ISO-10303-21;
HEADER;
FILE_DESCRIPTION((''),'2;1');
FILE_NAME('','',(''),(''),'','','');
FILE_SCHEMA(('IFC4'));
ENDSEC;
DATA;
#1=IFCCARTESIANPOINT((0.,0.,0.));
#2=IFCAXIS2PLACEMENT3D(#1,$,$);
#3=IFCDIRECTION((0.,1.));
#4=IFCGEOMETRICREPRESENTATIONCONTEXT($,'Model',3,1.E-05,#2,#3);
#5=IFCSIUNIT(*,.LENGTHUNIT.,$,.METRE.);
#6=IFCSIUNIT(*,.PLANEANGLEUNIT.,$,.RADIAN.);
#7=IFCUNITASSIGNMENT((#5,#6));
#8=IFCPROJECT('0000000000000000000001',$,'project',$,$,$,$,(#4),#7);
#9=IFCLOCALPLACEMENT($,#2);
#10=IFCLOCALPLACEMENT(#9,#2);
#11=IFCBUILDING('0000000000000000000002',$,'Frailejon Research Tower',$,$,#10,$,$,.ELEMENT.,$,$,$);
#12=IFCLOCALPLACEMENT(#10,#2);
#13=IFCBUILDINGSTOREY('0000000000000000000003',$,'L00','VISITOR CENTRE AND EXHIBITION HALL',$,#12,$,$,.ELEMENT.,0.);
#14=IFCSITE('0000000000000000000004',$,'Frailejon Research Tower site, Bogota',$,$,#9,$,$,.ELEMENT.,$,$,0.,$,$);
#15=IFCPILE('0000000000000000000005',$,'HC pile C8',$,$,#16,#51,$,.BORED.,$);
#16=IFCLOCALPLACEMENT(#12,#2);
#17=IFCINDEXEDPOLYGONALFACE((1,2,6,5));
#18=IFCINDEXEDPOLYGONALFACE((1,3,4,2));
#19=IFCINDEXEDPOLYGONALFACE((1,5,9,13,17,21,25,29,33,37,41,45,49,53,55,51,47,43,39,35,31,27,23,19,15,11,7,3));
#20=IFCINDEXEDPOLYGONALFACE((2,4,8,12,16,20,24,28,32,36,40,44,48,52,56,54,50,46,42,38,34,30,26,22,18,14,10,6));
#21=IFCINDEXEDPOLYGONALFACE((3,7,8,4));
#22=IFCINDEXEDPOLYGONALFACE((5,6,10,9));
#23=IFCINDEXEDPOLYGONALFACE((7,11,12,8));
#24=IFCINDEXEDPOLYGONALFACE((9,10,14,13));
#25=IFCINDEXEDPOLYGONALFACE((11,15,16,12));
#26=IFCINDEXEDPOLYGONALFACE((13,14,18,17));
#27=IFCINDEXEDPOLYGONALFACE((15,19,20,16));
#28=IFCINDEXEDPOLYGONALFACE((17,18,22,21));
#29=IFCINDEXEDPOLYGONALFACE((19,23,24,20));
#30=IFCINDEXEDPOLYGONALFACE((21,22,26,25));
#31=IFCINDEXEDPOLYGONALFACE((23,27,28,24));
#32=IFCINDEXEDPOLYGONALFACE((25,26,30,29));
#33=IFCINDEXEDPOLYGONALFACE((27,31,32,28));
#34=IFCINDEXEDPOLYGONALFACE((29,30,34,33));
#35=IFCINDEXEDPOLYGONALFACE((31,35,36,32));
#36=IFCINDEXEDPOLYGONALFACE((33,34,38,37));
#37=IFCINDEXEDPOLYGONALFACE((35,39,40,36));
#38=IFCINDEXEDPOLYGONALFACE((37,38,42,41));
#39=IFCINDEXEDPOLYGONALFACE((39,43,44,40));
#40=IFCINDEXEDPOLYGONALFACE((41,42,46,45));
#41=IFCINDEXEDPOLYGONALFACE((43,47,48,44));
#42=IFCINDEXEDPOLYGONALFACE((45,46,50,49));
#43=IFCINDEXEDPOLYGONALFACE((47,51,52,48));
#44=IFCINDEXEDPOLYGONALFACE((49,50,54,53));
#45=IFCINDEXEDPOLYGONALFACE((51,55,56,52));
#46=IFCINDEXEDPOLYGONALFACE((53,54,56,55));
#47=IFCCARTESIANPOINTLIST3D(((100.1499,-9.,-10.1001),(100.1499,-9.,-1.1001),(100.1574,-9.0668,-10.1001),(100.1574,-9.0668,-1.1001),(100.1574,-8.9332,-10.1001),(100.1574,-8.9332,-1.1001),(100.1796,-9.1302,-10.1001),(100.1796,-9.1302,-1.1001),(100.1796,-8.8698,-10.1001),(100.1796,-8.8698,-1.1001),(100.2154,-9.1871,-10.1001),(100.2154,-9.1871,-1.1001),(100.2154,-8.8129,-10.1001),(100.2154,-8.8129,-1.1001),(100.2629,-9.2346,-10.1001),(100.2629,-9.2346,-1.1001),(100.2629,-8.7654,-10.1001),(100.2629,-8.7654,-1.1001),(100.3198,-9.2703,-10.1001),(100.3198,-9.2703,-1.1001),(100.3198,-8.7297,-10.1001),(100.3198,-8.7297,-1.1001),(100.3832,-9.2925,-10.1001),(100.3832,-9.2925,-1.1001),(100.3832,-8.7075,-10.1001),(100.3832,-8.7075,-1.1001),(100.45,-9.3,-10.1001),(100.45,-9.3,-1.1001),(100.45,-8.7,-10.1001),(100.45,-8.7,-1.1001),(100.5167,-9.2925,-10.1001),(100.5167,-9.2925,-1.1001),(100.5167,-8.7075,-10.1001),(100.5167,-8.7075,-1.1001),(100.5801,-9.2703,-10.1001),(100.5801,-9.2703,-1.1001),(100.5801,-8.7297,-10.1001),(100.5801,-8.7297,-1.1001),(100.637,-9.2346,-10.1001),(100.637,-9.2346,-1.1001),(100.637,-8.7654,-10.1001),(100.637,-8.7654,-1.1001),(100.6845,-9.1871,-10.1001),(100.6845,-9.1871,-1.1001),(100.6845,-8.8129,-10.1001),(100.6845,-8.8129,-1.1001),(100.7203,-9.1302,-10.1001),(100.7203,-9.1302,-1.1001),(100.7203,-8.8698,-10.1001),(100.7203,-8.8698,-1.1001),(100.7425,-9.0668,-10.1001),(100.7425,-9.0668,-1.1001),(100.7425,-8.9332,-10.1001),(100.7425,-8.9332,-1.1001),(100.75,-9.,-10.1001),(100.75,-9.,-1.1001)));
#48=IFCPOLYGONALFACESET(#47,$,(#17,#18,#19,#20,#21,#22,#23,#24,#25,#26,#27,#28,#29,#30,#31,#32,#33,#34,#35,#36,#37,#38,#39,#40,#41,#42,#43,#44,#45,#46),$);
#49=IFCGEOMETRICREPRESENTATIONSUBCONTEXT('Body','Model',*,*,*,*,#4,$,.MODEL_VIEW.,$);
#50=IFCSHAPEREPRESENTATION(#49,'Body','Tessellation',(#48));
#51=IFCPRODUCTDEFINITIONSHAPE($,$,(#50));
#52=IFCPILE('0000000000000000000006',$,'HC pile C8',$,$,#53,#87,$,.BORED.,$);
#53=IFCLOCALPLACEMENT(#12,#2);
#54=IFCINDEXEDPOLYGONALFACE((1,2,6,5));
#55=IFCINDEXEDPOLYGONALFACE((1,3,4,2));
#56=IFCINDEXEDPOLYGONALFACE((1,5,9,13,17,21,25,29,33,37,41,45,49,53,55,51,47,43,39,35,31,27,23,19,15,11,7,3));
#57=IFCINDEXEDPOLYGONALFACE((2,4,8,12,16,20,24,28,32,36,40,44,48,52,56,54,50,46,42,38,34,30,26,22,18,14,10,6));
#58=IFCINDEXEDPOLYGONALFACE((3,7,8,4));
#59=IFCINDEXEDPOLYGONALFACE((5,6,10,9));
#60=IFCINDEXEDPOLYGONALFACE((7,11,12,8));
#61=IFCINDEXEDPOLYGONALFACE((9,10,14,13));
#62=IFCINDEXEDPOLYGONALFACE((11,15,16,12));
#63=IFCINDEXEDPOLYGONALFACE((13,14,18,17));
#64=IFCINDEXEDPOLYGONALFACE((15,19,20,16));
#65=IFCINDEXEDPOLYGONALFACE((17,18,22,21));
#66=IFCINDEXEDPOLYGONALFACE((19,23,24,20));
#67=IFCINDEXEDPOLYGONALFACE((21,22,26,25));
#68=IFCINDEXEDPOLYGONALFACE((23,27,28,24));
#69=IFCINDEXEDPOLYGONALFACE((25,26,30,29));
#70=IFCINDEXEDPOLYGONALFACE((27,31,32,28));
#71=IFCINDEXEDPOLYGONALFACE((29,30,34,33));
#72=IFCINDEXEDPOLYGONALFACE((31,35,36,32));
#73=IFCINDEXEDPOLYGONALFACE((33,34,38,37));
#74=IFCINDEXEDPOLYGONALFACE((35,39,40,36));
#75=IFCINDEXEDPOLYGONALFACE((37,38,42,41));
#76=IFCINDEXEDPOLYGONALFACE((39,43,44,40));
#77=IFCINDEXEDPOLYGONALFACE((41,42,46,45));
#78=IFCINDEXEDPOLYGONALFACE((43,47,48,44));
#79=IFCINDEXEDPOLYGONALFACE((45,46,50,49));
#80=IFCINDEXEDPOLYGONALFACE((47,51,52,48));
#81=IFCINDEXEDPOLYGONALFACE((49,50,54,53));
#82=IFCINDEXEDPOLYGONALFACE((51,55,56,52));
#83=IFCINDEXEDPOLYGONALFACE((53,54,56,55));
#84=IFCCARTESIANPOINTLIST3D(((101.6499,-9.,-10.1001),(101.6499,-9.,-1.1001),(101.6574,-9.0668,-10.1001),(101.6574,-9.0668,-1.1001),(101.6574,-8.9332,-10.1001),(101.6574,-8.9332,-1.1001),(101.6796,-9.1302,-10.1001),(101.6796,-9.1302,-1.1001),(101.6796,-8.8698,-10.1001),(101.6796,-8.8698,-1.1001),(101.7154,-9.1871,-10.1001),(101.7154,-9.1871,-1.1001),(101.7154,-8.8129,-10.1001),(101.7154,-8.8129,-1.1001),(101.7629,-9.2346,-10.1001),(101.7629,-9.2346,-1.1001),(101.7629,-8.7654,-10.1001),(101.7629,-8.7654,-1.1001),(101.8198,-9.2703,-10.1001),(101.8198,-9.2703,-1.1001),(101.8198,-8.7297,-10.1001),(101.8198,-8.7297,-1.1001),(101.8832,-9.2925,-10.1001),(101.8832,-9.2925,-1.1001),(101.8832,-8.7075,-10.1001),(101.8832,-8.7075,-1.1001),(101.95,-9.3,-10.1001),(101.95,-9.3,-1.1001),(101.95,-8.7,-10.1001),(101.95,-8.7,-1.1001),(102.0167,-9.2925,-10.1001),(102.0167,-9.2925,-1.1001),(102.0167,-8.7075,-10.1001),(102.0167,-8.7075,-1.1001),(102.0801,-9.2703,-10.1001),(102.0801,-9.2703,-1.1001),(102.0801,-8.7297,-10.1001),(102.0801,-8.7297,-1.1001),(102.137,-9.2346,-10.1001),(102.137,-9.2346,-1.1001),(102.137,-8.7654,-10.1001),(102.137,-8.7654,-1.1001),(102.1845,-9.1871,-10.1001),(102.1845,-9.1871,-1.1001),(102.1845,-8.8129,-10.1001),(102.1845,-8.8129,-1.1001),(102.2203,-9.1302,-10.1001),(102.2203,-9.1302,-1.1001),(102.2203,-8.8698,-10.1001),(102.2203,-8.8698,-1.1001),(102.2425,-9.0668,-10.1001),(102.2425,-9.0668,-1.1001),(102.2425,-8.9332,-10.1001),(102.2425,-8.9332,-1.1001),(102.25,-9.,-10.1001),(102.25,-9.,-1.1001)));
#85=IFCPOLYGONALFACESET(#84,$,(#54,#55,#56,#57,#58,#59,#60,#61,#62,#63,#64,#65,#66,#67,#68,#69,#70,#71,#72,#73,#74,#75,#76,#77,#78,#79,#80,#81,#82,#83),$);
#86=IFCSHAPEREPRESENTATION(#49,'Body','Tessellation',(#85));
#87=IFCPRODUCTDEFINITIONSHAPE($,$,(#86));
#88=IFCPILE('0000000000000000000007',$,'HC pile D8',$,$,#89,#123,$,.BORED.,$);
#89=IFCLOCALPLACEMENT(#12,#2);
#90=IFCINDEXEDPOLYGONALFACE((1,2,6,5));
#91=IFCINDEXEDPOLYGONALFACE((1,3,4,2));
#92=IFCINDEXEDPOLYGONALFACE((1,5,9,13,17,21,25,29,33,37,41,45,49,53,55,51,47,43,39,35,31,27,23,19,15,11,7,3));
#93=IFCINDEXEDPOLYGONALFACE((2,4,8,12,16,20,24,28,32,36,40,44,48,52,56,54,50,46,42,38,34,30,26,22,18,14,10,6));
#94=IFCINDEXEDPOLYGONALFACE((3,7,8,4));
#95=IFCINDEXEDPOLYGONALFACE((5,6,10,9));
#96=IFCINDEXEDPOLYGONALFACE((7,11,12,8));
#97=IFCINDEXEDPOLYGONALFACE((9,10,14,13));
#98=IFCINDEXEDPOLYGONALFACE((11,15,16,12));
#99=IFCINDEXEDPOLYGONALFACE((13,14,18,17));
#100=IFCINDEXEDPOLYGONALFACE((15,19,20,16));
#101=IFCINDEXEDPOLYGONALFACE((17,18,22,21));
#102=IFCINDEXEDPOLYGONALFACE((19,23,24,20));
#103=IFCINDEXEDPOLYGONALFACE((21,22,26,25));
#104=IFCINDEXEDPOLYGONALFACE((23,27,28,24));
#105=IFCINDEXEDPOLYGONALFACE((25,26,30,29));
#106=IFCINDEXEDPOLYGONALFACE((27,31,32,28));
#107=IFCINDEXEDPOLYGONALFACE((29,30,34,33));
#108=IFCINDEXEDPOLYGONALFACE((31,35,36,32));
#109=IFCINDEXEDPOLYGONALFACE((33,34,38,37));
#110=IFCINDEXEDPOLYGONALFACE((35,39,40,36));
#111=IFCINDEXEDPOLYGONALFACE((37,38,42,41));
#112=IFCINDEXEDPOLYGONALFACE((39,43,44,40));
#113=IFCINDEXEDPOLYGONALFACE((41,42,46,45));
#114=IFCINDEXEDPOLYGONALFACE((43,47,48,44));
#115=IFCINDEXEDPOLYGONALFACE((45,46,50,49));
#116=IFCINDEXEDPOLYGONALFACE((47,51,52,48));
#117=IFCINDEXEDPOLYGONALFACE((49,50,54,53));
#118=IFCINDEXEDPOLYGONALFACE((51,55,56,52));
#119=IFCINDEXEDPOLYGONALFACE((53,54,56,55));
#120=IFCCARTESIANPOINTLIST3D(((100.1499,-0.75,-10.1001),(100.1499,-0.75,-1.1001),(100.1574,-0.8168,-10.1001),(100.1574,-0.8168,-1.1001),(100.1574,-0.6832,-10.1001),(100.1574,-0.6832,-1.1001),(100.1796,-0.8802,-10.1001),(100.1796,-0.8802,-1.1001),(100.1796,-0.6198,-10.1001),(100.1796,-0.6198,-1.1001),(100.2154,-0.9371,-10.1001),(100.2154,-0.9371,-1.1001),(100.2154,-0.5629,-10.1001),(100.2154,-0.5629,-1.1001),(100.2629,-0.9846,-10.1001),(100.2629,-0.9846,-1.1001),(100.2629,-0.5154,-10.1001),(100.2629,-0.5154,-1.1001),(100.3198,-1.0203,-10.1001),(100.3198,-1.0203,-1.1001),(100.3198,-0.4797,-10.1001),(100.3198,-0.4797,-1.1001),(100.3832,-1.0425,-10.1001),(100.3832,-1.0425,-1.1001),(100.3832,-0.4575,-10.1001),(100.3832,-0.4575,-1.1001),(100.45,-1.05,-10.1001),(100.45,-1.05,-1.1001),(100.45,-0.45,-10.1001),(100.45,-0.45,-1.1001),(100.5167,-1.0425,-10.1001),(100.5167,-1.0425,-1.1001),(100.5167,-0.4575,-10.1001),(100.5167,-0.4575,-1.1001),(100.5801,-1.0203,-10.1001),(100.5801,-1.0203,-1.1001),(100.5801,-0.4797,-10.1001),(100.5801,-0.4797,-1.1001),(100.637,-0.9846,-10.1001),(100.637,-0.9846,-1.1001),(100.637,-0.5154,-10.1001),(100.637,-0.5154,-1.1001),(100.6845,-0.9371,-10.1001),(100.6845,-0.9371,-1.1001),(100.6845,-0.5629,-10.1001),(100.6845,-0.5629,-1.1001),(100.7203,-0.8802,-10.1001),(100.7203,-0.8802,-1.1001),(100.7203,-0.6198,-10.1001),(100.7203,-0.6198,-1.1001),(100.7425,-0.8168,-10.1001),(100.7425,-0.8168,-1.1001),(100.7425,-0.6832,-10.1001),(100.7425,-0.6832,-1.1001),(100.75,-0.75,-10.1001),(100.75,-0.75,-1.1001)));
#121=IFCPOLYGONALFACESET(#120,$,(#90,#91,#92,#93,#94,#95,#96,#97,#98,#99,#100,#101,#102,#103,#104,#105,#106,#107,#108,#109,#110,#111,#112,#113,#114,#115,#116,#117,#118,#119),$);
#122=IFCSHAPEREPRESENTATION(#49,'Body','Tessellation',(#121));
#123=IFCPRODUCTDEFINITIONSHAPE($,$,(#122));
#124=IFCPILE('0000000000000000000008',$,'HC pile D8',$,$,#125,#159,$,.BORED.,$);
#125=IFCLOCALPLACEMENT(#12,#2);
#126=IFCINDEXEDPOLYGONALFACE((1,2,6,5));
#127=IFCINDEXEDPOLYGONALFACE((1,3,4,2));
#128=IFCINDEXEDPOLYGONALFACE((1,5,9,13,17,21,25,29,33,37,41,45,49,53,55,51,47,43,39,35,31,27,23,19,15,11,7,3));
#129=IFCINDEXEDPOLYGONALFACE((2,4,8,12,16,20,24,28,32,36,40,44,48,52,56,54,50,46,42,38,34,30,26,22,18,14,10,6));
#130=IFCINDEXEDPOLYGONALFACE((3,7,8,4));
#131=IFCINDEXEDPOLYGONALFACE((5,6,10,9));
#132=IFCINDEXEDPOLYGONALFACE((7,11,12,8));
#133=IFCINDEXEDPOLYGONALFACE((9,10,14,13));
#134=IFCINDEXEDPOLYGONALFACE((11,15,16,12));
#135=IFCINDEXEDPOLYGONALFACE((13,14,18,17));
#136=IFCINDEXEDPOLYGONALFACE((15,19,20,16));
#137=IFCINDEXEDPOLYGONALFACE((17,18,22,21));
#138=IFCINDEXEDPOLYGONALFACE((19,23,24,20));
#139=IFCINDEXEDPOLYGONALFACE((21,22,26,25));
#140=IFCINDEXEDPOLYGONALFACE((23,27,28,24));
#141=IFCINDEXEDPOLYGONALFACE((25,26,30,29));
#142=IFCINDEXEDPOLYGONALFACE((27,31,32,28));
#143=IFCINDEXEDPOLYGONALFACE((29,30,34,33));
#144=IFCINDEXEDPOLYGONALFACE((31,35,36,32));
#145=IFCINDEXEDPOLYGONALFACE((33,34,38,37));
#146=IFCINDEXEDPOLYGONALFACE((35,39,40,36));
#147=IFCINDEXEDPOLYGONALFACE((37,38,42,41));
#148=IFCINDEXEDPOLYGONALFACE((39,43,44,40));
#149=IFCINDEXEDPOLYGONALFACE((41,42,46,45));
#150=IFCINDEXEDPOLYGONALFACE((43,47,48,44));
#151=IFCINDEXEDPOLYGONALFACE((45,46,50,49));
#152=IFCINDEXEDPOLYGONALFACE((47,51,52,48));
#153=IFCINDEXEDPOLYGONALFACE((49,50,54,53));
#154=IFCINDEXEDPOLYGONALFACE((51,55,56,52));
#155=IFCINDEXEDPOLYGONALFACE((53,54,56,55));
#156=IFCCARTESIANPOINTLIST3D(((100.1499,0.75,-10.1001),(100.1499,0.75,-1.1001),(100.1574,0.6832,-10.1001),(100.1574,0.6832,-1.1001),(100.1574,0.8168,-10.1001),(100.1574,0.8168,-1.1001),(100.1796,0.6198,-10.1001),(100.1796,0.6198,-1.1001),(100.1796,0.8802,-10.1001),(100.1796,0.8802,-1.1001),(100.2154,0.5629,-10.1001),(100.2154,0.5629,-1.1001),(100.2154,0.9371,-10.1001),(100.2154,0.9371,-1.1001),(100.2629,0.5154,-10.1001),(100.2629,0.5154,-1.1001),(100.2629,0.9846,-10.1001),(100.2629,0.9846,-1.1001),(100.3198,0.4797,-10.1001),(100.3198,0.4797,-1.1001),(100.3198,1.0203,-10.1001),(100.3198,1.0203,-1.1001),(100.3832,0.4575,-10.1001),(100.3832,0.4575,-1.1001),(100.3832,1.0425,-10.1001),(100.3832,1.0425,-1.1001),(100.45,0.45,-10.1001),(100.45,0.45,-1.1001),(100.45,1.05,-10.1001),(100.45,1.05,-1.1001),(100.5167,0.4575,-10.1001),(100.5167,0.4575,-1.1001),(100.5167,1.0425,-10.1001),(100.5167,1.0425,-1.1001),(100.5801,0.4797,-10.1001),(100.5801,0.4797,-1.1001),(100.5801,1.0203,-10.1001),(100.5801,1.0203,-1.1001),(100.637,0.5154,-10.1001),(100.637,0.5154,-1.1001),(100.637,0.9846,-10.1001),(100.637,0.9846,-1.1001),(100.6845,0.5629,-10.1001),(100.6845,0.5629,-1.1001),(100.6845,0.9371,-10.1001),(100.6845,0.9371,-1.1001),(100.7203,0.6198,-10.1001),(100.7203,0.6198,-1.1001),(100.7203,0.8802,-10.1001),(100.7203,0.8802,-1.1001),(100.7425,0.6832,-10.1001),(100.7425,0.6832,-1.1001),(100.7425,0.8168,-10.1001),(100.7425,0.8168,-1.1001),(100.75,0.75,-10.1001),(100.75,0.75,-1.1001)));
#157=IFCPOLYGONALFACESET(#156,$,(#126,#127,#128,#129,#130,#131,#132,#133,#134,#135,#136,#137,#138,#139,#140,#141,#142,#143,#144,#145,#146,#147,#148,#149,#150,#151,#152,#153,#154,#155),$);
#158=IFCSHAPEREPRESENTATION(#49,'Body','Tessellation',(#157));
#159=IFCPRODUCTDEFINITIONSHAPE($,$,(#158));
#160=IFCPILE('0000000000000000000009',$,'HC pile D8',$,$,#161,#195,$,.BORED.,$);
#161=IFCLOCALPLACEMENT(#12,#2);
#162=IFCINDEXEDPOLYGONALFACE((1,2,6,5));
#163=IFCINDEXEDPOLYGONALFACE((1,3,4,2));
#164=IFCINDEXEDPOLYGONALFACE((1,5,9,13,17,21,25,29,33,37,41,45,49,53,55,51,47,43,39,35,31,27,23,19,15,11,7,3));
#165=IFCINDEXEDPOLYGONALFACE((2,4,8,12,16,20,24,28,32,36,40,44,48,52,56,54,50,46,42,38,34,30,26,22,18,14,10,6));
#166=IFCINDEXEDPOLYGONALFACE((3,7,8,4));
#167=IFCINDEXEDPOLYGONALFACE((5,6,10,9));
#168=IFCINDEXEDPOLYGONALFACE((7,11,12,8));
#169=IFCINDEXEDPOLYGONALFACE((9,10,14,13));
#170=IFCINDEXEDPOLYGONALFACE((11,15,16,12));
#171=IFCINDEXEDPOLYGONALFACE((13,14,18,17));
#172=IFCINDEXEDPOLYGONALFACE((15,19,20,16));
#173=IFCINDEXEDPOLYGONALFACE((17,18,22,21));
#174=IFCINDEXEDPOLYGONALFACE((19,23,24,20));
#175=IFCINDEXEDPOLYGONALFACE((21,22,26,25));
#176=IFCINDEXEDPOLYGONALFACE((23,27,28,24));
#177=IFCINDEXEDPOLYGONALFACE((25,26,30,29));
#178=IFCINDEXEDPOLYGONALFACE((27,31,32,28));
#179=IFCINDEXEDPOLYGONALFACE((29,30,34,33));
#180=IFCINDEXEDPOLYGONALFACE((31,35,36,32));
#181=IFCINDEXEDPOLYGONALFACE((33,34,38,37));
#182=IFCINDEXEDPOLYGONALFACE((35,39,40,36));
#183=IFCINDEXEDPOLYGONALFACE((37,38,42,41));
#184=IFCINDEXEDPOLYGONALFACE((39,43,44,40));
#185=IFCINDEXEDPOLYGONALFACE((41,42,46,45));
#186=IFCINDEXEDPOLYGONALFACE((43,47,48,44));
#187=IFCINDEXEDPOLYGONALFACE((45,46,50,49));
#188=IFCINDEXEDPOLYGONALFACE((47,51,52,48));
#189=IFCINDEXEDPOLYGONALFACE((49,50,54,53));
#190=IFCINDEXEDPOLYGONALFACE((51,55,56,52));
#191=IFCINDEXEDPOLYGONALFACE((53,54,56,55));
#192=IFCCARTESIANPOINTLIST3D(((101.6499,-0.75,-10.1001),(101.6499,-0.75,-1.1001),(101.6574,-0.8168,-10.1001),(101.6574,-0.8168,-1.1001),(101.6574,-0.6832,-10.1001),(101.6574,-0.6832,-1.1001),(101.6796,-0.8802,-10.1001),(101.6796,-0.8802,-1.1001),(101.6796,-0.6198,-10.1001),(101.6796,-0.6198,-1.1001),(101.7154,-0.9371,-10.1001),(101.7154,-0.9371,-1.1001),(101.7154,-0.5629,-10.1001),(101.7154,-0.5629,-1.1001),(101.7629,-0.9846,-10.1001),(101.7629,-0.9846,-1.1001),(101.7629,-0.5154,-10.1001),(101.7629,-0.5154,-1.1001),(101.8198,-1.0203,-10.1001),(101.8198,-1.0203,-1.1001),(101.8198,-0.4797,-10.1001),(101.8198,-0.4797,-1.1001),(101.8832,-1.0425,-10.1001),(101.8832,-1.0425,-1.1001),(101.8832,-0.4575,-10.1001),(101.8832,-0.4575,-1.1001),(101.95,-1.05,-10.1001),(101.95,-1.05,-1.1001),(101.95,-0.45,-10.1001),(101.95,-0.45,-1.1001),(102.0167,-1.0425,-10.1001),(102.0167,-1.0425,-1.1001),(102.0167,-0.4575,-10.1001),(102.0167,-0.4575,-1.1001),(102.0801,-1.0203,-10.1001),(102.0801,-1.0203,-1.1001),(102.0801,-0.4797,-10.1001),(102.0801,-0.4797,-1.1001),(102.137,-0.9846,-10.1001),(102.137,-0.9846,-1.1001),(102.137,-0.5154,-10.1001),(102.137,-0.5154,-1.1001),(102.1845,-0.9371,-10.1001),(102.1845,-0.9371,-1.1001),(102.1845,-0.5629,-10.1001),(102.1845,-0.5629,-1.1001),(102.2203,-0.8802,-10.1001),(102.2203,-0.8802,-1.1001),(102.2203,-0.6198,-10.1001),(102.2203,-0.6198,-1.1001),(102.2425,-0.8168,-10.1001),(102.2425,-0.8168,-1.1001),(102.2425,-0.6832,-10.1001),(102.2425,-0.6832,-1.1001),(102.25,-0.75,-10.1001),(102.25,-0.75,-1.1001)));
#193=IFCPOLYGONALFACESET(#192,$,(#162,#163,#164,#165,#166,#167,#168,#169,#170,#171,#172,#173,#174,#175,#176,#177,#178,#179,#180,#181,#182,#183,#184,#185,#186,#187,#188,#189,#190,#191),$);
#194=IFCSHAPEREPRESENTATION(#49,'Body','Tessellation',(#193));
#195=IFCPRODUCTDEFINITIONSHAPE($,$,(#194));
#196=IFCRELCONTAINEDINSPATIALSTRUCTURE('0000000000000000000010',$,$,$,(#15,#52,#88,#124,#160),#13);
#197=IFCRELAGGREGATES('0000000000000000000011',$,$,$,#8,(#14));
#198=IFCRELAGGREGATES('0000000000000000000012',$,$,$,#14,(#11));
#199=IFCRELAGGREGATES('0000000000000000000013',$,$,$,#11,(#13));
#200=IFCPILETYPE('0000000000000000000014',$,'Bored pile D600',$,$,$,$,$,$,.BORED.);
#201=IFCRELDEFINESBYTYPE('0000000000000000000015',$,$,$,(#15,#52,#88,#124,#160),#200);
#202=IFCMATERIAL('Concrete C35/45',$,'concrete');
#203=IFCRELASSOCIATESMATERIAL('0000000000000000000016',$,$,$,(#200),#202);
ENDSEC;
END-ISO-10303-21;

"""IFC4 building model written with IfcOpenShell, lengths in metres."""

from ifc_helpers import new_model, si_unit, direction, frame, origin, origin_2d, place, context, subcontext, project, spatial, circle, extrude, material, material_profile, profile_set, type_object, element, save


model = new_model("IFC4")

# Units and contexts
model_context = context("Model", 3, precision=1e-05, world=origin(), true_north=direction((0.0, 1.0)))
body_context = subcontext(model_context, "Body", "Model", "MODEL_VIEW")
ifc_project = project(units=[si_unit("LENGTHUNIT", "METRE"), si_unit("PLANEANGLEUNIT", "RADIAN")], contexts=[model_context])

# Site, building, storey
site_placement = place(None, origin())
site = spatial("IfcSite", under=ifc_project, at=site_placement, Name="Frailejon Research Tower site, Bogota", CompositionType="ELEMENT", RefElevation=0.0)
building_placement = place(site_placement, origin())
building = spatial("IfcBuilding", under=site, at=building_placement, Name="Frailejon Research Tower", CompositionType="ELEMENT")
storey_placement = place(building_placement, origin())
storey = spatial("IfcBuildingStorey", under=building, at=storey_placement, Name="L00", Description="VISITOR CENTRE AND EXHIBITION HALL", CompositionType="ELEMENT", Elevation=0.0)

# Piles
ifc_material_1 = material(Name="Concrete C35/45", Category="concrete")
ifc_material_profile_1 = material_profile(ifc_material_1, circle(Radius=0.3, at=origin_2d()), Name="Bored pile D600")
ifc_profile_set_1 = profile_set([ifc_material_profile_1], Name="Concrete C35/45")
pile_type = type_object("IfcPileType", Name="Bored pile D600", PredefinedType="BORED", material=ifc_profile_set_1)
for number, where, z_axis, x_axis, name in (
    (1, (100.45, -9.0, -1.1001), (0.0, 0.0, -1.0), (1.0, 0.0, 0.0), "HC pile C8"),
    (2, (101.95, -9.0, -1.1001), (0.0, 0.0, -1.0), (1.0, 0.0, 0.0), "HC pile C8"),
    (3, (100.45, -0.75, -1.1001), (0.0, 0.0, -1.0), (1.0, 0.0, 0.0), "HC pile D8"),
    (4, (100.45, 0.75, -1.1001), (0.0, 0.0, -1.0), (1.0, 0.0, 0.0), "HC pile D8"),
    (5, (101.95, -0.75, -1.1001), (0.0, 0.0, -1.0), (1.0, 0.0, 0.0), "HC pile D8"),
):
    element("IfcPile", number, at=place(storey_placement, frame(where, z_axis=z_axis, x_axis=x_axis)), inside=storey, type_object=pile_type, Name=name, PredefinedType="BORED", context=body_context, shape_type="SweptSolid", body=[
        extrude(circle(Radius=0.3, at=origin_2d()), origin(), (0.0, 0.0, 1.0), 9.0),
    ])

save(model, "model.ifc")
